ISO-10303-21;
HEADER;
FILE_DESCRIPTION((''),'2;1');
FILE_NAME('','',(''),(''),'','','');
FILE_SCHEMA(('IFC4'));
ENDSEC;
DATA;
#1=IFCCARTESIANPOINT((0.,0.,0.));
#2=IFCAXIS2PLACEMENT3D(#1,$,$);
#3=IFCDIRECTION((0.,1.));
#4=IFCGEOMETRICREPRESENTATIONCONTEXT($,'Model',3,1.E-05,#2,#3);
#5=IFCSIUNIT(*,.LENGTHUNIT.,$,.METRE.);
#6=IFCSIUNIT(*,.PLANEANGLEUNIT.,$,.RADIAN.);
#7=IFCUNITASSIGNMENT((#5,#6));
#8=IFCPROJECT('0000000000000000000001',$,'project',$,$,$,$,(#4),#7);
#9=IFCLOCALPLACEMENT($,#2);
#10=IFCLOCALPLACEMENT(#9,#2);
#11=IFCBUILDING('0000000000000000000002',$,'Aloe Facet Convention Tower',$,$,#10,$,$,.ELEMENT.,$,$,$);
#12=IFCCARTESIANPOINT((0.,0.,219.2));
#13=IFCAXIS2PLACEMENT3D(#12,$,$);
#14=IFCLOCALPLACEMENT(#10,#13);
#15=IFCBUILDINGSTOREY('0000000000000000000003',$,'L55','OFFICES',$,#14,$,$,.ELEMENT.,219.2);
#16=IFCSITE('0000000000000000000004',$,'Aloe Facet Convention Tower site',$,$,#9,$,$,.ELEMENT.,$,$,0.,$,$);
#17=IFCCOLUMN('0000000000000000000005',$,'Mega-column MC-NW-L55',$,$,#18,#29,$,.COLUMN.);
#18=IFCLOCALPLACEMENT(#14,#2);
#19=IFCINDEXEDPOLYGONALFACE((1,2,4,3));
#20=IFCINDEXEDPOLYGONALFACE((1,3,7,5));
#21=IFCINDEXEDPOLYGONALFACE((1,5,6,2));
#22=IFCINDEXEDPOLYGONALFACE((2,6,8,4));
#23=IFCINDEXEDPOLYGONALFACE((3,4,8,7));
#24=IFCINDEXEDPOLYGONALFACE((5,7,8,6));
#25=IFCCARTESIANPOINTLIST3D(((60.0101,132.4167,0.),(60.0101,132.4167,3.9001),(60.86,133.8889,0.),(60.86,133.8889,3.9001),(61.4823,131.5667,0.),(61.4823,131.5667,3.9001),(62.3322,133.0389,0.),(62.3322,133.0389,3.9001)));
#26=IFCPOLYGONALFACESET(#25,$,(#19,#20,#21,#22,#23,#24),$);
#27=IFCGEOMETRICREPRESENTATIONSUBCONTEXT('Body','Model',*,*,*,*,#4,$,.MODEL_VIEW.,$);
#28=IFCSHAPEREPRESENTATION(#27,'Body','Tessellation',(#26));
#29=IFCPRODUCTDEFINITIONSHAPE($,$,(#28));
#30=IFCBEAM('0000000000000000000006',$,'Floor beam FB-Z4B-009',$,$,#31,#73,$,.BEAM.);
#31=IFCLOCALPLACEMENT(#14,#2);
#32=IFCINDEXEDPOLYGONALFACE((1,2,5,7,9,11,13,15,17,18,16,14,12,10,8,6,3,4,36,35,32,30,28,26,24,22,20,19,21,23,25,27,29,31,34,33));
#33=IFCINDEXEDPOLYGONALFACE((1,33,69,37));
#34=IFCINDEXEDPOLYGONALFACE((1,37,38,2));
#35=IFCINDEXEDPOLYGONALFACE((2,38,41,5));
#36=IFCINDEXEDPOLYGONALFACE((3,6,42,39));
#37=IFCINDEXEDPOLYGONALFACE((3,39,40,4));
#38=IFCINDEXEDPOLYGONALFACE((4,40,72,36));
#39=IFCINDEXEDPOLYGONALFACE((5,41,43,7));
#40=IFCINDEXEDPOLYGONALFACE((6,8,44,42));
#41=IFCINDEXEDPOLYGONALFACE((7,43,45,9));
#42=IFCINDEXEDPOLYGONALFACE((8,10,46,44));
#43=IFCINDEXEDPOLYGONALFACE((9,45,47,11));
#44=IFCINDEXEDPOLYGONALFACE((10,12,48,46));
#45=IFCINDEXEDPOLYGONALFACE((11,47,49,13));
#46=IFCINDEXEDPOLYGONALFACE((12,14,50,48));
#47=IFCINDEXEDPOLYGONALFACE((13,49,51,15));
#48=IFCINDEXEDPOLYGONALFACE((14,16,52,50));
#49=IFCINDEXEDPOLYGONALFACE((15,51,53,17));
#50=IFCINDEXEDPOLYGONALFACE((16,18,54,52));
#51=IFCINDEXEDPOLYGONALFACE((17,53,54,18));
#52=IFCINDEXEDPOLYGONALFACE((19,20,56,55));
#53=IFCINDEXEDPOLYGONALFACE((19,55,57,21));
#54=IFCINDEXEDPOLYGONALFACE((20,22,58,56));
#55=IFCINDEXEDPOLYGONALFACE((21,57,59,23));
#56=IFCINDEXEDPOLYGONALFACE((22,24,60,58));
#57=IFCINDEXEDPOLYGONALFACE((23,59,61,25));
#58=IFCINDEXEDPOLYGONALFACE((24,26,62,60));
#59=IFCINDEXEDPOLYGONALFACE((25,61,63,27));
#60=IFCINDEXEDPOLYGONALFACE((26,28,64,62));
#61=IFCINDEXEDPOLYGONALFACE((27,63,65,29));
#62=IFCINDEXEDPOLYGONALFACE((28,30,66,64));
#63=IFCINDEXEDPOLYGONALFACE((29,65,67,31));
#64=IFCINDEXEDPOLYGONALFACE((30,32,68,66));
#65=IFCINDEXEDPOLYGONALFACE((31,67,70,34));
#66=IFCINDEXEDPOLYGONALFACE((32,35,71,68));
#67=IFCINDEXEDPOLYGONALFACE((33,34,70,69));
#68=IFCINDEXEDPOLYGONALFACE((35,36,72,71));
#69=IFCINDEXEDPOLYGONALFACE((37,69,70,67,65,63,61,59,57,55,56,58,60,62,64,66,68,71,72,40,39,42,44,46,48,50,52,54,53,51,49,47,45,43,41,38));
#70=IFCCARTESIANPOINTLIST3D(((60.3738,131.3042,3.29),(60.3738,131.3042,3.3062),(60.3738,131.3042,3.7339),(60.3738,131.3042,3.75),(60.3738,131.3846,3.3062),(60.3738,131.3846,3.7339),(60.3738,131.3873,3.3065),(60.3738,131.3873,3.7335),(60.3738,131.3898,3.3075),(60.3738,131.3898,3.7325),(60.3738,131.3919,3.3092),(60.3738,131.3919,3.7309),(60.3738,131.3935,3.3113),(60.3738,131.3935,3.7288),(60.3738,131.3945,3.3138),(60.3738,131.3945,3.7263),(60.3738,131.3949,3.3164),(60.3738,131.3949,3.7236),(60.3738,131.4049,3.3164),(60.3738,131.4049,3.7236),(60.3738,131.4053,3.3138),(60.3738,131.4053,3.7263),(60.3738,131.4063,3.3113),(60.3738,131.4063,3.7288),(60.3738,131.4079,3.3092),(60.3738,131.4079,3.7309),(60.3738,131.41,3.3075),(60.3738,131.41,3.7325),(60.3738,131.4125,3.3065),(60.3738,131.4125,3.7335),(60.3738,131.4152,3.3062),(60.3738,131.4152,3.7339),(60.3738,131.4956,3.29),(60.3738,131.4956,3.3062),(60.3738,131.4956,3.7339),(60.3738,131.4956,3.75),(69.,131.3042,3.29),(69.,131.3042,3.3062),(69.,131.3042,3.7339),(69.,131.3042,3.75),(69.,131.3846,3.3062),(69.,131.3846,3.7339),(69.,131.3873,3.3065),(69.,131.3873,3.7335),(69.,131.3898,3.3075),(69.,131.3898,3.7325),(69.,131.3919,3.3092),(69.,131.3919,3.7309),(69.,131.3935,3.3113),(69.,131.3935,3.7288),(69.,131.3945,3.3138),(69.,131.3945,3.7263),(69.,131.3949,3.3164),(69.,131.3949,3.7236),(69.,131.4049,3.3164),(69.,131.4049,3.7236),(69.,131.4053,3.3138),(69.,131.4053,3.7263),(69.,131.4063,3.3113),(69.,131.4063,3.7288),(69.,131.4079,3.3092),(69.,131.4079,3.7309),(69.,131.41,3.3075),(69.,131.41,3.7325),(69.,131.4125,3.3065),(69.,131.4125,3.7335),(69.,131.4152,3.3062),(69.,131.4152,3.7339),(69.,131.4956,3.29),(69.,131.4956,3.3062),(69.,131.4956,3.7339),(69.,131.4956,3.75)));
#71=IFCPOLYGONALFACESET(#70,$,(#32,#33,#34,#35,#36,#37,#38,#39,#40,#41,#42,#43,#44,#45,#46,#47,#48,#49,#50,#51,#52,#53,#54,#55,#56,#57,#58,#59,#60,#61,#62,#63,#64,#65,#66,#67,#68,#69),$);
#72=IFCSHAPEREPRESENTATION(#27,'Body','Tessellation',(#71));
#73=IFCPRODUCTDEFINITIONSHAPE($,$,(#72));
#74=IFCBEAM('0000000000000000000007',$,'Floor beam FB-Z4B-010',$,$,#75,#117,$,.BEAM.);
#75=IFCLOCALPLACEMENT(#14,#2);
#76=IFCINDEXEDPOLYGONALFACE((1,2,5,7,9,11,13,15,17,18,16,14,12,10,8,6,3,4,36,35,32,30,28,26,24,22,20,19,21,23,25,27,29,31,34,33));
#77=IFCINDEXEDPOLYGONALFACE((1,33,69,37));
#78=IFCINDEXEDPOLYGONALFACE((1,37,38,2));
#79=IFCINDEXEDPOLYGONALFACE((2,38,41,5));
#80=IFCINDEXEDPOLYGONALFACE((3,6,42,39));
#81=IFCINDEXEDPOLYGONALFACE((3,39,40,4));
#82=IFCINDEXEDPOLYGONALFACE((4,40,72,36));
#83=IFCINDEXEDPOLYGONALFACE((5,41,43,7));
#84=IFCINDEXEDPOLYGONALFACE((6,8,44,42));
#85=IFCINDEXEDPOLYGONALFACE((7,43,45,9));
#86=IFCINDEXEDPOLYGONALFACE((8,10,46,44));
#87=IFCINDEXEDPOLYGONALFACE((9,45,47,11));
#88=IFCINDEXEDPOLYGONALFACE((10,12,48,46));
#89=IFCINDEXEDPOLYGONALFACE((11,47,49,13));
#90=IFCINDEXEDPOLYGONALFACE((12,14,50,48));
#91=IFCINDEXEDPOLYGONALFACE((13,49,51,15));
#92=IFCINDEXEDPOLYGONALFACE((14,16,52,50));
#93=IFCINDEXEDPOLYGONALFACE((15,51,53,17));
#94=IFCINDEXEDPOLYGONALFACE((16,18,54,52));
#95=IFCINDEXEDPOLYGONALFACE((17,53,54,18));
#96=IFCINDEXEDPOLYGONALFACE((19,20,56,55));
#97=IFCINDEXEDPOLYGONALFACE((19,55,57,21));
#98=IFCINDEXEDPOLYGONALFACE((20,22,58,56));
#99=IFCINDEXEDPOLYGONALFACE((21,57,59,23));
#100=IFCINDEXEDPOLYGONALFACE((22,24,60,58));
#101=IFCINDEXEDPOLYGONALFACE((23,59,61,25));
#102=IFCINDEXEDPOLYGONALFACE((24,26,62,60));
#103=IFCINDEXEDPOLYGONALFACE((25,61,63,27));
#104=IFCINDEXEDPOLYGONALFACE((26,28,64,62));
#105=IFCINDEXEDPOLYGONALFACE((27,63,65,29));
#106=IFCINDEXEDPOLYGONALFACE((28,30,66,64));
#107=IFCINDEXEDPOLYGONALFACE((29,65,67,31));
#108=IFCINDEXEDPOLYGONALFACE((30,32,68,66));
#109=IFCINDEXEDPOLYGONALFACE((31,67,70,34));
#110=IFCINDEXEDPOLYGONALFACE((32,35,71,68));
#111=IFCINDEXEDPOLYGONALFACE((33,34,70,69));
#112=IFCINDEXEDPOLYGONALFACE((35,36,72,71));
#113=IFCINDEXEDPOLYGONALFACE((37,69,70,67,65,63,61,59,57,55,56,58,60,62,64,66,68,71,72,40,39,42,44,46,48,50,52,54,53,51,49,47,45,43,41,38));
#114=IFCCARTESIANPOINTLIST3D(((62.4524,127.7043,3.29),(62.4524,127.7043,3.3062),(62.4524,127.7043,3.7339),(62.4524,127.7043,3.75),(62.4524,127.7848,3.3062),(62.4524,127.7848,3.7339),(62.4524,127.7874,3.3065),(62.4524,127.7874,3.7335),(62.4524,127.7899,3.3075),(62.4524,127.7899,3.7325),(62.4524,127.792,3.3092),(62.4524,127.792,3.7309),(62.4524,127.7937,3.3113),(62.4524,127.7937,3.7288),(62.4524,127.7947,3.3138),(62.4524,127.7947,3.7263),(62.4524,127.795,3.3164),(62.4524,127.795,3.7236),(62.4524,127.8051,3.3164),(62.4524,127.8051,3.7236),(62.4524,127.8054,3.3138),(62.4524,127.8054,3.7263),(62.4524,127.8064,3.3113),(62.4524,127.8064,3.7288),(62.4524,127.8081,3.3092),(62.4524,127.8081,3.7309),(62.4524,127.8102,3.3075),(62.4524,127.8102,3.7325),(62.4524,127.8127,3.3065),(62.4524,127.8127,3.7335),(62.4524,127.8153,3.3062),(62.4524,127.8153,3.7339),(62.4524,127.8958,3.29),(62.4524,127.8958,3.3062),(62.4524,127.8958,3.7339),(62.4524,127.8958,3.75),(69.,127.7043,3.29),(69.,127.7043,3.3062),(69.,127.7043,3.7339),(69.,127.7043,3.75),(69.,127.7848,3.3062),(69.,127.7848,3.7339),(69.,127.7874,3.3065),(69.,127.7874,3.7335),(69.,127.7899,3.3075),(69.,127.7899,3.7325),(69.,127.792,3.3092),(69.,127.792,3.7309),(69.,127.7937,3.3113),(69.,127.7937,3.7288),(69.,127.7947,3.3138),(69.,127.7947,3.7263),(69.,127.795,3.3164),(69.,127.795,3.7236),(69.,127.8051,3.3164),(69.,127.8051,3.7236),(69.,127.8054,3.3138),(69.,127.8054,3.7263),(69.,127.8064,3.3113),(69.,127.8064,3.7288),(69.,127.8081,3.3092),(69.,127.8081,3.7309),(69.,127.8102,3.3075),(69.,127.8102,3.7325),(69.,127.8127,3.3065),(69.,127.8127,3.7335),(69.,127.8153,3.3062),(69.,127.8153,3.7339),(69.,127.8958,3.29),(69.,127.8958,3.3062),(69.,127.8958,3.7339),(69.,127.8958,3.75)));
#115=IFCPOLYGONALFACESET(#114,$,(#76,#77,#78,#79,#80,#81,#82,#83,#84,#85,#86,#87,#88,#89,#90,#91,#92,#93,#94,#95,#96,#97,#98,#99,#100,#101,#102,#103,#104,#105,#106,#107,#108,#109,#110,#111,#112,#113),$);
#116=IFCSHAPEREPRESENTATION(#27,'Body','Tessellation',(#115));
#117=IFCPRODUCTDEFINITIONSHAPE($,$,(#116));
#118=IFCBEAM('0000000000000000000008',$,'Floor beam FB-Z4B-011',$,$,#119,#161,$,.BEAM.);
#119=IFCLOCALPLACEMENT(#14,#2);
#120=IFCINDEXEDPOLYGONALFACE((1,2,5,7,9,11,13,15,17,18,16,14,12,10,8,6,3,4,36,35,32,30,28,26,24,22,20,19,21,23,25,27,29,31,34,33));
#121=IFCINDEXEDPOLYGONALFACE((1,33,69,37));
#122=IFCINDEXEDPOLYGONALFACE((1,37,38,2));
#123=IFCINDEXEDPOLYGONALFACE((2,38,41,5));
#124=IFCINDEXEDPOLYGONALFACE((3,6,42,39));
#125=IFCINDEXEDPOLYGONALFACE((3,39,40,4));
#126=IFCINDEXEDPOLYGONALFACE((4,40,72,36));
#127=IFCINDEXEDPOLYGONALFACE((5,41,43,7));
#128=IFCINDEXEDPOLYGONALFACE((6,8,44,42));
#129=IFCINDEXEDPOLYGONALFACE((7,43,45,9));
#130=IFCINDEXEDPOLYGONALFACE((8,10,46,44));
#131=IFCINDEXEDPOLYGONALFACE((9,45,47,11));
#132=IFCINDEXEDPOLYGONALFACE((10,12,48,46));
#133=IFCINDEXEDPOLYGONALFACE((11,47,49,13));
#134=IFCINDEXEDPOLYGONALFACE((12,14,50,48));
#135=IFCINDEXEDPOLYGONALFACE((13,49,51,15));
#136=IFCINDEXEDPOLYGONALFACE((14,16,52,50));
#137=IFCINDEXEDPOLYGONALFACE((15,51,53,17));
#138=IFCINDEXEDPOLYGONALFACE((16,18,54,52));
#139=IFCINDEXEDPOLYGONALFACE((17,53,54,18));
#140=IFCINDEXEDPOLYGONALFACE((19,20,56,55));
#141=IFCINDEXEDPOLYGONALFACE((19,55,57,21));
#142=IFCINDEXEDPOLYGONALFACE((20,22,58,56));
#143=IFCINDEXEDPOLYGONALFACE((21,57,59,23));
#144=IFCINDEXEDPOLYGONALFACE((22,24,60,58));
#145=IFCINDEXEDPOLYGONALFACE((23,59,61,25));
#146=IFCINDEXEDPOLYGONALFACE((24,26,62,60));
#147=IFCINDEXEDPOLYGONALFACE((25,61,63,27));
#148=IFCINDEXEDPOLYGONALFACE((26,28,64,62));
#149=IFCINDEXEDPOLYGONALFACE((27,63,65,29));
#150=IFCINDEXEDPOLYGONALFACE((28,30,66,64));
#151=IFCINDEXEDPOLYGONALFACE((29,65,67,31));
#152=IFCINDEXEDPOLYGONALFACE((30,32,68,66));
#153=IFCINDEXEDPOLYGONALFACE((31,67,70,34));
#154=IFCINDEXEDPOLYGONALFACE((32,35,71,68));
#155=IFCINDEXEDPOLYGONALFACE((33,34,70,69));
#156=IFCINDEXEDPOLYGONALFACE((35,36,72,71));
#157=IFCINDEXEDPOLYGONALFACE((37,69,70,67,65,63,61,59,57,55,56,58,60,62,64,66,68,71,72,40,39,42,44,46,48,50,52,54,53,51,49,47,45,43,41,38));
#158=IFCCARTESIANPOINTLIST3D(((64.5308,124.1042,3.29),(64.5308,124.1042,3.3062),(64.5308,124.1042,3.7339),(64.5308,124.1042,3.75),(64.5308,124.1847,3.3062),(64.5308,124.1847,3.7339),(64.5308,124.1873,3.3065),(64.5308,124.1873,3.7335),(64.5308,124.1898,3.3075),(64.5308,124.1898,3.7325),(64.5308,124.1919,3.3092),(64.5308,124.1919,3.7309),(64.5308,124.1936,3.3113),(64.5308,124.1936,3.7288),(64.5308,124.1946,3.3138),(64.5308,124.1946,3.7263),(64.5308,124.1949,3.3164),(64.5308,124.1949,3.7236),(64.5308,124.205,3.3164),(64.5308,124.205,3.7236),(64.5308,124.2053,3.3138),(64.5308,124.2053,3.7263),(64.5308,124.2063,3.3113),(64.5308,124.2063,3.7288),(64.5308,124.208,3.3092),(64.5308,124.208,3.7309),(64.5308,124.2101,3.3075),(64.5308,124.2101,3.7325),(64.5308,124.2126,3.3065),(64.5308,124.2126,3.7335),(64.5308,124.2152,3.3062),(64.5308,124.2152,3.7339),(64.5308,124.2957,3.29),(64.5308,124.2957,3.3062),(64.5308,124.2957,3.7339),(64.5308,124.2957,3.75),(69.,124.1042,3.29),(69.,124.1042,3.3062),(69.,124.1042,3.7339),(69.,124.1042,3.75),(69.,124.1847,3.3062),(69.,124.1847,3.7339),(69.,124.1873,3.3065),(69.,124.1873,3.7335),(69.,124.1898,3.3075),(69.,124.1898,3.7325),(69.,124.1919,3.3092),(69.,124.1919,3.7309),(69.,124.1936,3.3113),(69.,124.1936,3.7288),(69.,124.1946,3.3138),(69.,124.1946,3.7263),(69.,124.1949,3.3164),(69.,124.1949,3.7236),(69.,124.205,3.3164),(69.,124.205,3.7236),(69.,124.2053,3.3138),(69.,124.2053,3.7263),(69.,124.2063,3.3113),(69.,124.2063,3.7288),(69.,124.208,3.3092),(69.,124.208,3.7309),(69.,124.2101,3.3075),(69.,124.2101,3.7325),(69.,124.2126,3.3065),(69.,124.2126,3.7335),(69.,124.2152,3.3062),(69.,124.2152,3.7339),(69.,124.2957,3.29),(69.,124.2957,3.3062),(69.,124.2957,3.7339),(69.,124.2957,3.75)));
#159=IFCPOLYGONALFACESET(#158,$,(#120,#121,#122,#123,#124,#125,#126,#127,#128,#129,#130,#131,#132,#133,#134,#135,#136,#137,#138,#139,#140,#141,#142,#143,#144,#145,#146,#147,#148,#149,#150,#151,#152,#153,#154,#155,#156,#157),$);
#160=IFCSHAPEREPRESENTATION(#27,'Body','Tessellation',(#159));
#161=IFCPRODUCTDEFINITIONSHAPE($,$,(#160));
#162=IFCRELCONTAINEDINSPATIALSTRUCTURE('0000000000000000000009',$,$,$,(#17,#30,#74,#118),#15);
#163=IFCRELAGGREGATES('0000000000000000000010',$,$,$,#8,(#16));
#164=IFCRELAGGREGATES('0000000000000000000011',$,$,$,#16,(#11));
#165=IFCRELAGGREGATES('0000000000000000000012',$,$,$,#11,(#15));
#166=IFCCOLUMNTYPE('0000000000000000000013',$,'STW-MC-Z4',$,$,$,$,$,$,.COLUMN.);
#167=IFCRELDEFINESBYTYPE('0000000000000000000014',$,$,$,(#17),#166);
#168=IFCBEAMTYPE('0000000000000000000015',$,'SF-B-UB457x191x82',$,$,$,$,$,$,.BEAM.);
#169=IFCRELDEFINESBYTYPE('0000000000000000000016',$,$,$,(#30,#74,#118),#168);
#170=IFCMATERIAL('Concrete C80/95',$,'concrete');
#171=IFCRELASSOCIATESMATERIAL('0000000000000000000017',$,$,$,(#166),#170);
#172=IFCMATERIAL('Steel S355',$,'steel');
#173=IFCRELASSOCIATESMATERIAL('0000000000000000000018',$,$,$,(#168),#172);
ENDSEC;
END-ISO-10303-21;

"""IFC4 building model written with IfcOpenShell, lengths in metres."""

from ifc_helpers import new_model, si_unit, direction, frame, origin, origin_2d, place, context, subcontext, project, spatial, rectangle, i_section, extrude, material, material_profile, profile_set, type_object, element, save


model = new_model("IFC4")

# Units and contexts
model_context = context("Model", 3, precision=1e-05, world=origin(), true_north=direction((0.0, 1.0)))
body_context = subcontext(model_context, "Body", "Model", "MODEL_VIEW")
ifc_project = project(units=[si_unit("LENGTHUNIT", "METRE"), si_unit("PLANEANGLEUNIT", "RADIAN")], contexts=[model_context])

# Site, building, storey
site_placement = place(None, origin())
site = spatial("IfcSite", under=ifc_project, at=site_placement, Name="Aloe Facet Convention Tower site", CompositionType="ELEMENT", RefElevation=0.0)
building_placement = place(site_placement, origin())
building = spatial("IfcBuilding", under=site, at=building_placement, Name="Aloe Facet Convention Tower", CompositionType="ELEMENT")
storey_placement = place(building_placement, frame((0.0, 0.0, 219.2)))
storey = spatial("IfcBuildingStorey", under=building, at=storey_placement, Name="L55", Description="OFFICES", CompositionType="ELEMENT", Elevation=219.2)

# Column
ifc_material_1 = material(Name="Concrete C80/95", Category="concrete")
ifc_material_profile_1 = material_profile(ifc_material_1, rectangle(XDim=1.7, YDim=1.7, at=origin_2d()), Name="STW-MC-Z4")
ifc_profile_set_1 = profile_set([ifc_material_profile_1], Name="Concrete C80/95")
column_type = type_object("IfcColumnType", Name="STW-MC-Z4", PredefinedType="COLUMN", material=ifc_profile_set_1)
column_placement = place(storey_placement, frame((61.1711, 132.7278, 0.0), z_axis=(0.0, 0.0, 1.0), x_axis=(-0.5, -0.866025, 0.0)))
element("IfcColumn", 1, at=column_placement, inside=storey, type_object=column_type, Name="Mega-column MC-NW-L55", PredefinedType="COLUMN", context=body_context, shape_type="SweptSolid", body=[
    extrude(rectangle(XDim=1.7, YDim=1.7, at=origin_2d()), origin(), (0.0, 0.0, 1.0), 3.9001),
])

# Beams
ifc_material_2 = material(Name="Steel S355", Category="steel")
ifc_material_profile_2 = material_profile(ifc_material_2, i_section(OverallWidth=0.1914, OverallDepth=0.46, WebThickness=0.01, FlangeThickness=0.0161, FilletRadius=0.0103, at=origin_2d()), Name="UB 457x191x82")
ifc_profile_set_2 = profile_set([ifc_material_profile_2], Name="Steel S355")
beam_type_1 = type_object("IfcBeamType", Name="SF-B-UB457x191x82", PredefinedType="BEAM", material=ifc_profile_set_2)
beam_1_placement = place(storey_placement, frame((60.3738, 131.3999, 3.52), z_axis=(1.0, 0.0, 0.0), x_axis=(0.0, 1.0, 0.0)))
element("IfcBeam", 2, at=beam_1_placement, inside=storey, type_object=beam_type_1, Name="Floor beam FB-Z4B-009", PredefinedType="BEAM", context=body_context, shape_type="SweptSolid", body=[
    extrude(i_section(OverallWidth=0.1914, OverallDepth=0.46, WebThickness=0.01, FlangeThickness=0.0161, FilletRadius=0.0103, at=origin_2d()), origin(), (0.0, 0.0, 1.0), 8.6262),
])
beam_2_placement = place(storey_placement, frame((62.4524, 127.8, 3.52), z_axis=(1.0, 0.0, 0.0), x_axis=(0.0, 1.0, 0.0)))
element("IfcBeam", 3, at=beam_2_placement, inside=storey, type_object=beam_type_1, Name="Floor beam FB-Z4B-010", PredefinedType="BEAM", context=body_context, shape_type="SweptSolid", body=[
    extrude(i_section(OverallWidth=0.1914, OverallDepth=0.46, WebThickness=0.01, FlangeThickness=0.0161, FilletRadius=0.0103, at=origin_2d()), origin(), (0.0, 0.0, 1.0), 6.5476),
])
beam_3_placement = place(storey_placement, frame((64.5308, 124.2, 3.52), z_axis=(1.0, 0.0, 0.0), x_axis=(0.0, 1.0, 0.0)))
element("IfcBeam", 4, at=beam_3_placement, inside=storey, type_object=beam_type_1, Name="Floor beam FB-Z4B-011", PredefinedType="BEAM", context=body_context, shape_type="SweptSolid", body=[
    extrude(i_section(OverallWidth=0.1914, OverallDepth=0.46, WebThickness=0.01, FlangeThickness=0.0161, FilletRadius=0.0103, at=origin_2d()), origin(), (0.0, 0.0, 1.0), 4.4692),
])

save(model, "model.ifc")
